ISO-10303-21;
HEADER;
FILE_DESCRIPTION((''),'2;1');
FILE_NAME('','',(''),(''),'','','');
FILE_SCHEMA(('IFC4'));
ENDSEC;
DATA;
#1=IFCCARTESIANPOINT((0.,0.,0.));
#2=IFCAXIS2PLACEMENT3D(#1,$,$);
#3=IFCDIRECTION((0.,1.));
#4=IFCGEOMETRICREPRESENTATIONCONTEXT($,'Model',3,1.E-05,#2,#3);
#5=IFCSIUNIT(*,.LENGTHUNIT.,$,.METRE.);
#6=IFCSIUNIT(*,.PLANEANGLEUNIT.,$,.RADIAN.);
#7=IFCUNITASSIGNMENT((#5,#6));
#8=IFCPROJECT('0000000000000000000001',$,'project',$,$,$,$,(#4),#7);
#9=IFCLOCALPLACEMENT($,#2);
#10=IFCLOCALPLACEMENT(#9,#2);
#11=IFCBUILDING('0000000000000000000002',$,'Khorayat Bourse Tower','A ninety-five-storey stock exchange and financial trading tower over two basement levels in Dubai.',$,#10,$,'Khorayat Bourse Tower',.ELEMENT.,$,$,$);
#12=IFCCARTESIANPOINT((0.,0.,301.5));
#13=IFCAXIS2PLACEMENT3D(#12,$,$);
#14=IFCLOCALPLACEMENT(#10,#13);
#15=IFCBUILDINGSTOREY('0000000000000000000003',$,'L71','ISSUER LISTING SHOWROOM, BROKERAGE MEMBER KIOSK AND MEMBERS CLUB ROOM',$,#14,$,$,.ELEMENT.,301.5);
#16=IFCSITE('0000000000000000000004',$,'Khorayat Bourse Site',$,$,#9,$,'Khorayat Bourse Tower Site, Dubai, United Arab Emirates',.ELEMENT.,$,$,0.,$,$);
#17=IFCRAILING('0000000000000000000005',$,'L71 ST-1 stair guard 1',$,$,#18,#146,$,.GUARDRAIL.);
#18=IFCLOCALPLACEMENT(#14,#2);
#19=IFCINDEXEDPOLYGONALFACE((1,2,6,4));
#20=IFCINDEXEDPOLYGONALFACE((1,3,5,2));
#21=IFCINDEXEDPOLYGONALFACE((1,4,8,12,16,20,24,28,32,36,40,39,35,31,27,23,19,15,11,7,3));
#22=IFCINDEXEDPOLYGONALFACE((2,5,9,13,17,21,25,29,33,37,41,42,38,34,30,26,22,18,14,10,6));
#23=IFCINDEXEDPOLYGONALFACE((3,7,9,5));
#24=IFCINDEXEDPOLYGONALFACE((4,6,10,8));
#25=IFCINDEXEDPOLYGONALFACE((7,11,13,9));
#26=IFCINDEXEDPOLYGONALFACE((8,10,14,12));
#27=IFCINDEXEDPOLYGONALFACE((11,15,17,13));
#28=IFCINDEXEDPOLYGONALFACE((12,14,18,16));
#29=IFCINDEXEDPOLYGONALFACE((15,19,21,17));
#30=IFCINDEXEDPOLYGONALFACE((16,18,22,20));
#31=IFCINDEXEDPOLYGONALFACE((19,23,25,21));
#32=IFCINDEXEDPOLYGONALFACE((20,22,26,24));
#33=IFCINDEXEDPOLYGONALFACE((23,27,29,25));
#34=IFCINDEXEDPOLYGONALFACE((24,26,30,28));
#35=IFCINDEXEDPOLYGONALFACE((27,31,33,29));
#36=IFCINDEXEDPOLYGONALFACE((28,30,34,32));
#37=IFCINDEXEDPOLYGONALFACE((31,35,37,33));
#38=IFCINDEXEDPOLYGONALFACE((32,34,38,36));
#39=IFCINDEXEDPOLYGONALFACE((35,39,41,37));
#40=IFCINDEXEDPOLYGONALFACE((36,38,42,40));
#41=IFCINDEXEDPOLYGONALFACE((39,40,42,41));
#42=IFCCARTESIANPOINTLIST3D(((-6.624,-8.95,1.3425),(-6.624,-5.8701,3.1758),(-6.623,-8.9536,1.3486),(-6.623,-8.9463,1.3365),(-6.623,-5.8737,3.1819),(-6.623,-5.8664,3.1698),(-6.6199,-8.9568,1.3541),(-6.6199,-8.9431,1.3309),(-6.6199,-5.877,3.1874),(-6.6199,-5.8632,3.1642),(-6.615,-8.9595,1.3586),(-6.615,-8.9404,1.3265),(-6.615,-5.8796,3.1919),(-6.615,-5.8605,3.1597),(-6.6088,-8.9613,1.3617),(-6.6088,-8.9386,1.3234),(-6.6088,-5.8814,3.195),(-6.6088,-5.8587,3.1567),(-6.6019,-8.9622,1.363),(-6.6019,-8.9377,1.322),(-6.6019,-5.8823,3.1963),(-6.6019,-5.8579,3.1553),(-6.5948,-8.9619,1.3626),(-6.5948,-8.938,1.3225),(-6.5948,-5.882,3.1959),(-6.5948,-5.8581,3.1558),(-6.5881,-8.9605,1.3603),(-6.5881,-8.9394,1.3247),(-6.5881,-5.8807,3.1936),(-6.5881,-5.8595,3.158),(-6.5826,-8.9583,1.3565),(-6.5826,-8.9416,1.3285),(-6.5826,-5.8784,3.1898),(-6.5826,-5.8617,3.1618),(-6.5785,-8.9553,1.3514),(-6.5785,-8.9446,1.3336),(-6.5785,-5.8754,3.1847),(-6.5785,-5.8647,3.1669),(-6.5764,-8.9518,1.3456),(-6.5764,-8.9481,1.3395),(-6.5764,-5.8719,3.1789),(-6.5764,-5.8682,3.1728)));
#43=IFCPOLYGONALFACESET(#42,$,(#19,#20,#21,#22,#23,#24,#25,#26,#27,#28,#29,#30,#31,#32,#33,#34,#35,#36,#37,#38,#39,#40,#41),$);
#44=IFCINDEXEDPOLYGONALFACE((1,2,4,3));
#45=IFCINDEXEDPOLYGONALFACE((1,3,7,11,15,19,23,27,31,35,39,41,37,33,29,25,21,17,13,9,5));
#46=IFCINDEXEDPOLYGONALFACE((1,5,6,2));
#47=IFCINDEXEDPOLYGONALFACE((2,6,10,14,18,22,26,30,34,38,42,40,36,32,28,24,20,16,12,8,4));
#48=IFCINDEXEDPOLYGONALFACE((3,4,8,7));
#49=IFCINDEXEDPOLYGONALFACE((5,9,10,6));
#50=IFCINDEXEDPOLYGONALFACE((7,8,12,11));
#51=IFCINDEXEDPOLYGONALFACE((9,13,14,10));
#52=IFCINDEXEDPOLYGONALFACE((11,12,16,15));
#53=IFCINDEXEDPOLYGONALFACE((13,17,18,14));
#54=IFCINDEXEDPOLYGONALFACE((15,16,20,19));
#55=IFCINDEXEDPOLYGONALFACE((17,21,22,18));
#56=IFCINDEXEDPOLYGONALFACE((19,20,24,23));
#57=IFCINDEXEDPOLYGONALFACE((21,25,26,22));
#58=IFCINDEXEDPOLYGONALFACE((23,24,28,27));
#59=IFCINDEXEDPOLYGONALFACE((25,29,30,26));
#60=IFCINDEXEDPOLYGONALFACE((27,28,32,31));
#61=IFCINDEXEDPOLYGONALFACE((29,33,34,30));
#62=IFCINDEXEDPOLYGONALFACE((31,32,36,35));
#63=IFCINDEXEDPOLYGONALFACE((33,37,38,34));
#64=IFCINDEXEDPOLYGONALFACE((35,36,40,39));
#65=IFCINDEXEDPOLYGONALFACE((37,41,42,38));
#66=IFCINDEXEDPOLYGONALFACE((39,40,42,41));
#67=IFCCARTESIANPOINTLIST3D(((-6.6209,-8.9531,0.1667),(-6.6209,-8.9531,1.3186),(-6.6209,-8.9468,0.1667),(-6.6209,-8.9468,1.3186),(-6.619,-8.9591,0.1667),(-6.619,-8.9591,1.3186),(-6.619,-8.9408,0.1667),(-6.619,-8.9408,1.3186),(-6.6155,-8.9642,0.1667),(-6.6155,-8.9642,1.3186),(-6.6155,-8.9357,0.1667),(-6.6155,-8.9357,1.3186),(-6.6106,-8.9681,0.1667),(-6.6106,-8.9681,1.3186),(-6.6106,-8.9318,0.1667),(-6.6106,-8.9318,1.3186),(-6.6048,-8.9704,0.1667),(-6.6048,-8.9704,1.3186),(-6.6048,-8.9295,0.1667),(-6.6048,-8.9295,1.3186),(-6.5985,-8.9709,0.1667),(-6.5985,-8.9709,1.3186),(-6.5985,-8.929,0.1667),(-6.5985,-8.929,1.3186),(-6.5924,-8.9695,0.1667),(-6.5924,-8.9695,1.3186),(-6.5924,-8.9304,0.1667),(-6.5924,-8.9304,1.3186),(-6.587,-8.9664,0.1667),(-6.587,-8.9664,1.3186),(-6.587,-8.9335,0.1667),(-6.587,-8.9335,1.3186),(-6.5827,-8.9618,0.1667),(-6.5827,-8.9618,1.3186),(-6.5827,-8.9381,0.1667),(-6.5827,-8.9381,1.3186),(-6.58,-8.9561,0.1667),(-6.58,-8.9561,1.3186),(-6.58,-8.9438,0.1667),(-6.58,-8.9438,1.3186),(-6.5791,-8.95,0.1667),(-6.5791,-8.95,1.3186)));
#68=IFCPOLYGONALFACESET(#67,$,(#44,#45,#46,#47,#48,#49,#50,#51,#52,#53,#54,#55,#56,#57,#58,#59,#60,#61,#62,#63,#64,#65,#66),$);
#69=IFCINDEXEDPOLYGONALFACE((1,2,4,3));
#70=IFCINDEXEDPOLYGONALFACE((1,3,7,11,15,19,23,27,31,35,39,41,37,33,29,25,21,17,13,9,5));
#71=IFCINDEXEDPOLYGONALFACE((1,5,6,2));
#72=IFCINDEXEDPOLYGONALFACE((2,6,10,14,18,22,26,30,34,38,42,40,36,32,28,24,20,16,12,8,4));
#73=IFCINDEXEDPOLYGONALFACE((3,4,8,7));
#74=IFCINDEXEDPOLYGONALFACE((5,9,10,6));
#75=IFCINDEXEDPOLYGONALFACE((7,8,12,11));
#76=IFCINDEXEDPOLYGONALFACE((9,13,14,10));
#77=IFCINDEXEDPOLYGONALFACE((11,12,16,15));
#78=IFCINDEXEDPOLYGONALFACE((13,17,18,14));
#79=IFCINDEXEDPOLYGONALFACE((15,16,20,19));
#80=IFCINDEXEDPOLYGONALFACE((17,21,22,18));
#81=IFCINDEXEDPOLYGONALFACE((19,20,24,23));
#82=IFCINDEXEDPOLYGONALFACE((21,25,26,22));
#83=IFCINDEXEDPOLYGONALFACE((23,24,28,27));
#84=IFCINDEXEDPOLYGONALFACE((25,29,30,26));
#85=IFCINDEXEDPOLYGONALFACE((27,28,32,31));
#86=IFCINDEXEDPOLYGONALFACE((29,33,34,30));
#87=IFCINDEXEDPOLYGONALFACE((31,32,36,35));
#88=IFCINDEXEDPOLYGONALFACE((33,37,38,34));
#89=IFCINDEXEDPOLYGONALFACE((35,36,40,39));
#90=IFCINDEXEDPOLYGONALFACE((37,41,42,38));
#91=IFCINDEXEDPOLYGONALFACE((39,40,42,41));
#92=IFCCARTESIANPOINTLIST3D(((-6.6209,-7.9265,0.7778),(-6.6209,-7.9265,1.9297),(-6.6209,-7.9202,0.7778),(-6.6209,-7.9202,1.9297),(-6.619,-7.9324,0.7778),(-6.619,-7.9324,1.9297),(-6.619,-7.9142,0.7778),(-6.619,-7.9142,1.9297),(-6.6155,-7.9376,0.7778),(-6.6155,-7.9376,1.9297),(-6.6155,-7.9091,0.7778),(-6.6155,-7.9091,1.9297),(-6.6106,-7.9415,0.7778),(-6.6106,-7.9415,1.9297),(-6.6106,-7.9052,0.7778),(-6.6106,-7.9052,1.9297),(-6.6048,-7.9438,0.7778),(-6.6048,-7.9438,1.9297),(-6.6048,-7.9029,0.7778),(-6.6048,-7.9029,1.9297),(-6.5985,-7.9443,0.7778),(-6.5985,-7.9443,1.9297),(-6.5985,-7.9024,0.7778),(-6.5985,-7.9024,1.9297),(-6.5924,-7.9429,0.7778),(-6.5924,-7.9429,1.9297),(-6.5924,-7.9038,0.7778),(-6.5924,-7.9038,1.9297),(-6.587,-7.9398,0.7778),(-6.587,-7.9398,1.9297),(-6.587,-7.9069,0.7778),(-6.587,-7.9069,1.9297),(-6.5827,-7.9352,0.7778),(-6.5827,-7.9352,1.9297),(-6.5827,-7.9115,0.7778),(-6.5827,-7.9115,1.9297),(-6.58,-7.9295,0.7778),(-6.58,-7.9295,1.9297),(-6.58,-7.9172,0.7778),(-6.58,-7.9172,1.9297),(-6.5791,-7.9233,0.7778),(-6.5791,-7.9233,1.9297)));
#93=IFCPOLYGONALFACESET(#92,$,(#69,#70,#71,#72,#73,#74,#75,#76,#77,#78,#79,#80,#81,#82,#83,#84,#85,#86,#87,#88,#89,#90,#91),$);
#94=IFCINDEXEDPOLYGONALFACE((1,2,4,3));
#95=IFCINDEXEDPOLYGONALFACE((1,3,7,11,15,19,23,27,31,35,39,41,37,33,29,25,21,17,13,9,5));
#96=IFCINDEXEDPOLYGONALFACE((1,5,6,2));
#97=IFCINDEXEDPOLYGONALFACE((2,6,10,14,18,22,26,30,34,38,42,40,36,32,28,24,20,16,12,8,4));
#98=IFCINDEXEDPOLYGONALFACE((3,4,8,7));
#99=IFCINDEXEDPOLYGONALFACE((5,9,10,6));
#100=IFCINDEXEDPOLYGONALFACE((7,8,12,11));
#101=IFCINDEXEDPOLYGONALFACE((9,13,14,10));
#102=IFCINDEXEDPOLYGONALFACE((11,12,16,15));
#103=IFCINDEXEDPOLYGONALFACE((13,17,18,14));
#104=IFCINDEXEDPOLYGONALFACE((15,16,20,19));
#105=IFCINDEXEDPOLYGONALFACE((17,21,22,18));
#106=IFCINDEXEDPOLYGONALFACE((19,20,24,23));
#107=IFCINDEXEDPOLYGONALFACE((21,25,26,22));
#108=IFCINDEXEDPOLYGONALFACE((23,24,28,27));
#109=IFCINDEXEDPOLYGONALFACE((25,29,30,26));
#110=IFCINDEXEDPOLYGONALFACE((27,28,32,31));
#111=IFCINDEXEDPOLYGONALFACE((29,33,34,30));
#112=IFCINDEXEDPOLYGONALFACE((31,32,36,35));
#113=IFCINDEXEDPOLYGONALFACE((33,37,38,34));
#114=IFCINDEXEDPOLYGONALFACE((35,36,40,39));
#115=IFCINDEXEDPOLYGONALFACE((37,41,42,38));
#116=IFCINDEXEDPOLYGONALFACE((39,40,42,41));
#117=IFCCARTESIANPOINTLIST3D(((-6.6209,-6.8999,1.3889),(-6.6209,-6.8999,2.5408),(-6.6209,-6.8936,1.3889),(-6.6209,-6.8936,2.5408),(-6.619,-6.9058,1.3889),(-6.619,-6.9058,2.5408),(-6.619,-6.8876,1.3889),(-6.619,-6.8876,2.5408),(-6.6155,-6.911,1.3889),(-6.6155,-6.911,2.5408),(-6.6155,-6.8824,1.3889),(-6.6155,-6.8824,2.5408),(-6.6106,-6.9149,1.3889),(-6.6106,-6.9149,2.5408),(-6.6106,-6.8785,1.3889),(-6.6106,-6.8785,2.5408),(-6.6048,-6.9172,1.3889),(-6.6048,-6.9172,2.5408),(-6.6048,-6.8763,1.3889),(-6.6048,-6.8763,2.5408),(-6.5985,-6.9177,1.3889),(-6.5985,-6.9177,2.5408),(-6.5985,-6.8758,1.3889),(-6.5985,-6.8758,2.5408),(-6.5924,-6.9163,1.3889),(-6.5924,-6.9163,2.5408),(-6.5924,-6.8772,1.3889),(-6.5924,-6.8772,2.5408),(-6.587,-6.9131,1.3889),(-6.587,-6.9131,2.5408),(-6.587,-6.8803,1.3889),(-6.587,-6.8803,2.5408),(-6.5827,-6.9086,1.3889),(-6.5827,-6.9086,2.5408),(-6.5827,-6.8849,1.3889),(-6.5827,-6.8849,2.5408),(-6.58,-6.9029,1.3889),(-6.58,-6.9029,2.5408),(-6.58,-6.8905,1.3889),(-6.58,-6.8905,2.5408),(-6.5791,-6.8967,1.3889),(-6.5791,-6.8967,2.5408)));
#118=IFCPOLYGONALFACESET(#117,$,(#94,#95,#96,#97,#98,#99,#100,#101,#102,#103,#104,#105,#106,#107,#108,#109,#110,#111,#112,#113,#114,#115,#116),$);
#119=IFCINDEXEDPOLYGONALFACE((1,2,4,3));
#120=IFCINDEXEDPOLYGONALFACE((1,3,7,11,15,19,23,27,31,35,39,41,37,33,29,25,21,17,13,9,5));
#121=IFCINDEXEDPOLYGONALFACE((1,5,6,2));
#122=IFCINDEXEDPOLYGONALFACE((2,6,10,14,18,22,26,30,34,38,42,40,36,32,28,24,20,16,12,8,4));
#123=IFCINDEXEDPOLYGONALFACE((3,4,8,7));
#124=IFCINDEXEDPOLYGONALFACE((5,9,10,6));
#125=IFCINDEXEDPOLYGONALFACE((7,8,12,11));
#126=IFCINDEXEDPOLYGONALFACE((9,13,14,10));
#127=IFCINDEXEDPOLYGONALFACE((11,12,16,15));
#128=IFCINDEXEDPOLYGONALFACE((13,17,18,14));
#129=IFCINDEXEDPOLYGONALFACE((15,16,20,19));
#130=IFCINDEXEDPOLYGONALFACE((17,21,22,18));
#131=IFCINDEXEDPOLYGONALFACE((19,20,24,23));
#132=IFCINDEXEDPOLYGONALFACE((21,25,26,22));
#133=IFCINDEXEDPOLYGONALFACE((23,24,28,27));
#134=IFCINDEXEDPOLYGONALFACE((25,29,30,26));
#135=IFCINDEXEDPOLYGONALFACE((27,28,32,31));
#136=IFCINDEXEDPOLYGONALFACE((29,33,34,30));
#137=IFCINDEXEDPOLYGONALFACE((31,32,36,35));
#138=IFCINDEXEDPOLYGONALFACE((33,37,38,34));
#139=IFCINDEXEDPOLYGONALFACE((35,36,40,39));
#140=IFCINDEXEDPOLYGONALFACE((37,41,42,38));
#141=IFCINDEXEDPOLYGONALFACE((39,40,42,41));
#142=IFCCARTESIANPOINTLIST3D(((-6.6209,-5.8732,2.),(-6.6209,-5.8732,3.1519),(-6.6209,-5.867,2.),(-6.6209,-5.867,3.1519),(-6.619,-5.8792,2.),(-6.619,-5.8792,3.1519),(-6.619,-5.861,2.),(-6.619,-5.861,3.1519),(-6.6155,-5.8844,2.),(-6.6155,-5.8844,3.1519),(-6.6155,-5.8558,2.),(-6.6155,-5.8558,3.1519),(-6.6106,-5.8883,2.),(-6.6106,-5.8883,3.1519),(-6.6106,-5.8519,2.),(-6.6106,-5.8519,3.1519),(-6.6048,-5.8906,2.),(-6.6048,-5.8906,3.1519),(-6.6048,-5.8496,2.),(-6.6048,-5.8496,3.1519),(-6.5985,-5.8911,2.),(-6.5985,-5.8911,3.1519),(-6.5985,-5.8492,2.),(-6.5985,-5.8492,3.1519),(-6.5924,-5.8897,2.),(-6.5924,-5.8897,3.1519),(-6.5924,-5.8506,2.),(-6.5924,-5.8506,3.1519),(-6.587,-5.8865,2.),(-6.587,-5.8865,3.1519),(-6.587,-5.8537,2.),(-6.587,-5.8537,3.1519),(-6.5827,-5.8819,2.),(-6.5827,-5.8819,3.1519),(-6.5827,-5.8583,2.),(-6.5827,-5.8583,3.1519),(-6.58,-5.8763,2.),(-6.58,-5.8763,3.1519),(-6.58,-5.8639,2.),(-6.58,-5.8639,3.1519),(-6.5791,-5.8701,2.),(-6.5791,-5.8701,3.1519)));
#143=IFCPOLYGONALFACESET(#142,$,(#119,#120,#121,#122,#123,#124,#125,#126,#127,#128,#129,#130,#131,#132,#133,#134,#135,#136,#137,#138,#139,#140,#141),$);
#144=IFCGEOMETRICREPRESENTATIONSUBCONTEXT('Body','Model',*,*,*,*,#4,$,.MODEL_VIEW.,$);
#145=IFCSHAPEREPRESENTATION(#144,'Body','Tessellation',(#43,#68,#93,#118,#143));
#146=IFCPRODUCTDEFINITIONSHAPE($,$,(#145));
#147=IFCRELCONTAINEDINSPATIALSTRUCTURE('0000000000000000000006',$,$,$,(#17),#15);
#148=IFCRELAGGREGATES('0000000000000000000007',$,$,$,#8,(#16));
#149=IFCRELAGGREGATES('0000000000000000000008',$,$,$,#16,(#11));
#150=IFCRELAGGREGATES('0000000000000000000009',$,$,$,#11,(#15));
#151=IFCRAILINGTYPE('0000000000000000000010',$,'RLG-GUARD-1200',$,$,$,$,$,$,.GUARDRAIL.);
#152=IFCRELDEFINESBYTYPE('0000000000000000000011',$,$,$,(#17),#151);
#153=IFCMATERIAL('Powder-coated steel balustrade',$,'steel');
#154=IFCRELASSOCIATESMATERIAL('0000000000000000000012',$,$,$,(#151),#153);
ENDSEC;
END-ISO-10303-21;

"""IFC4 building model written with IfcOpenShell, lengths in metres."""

from ifc_helpers import new_model, si_unit, direction, frame, origin, origin_2d, place, context, subcontext, project, spatial, circle, extrude, source, transform, mapped, material, type_object, element, save


model = new_model("IFC4")

# Units and contexts
model_context = context("Model", 3, precision=1e-05, world=origin(), true_north=direction((0.0, 1.0)))
body_context = subcontext(model_context, "Body", "Model", "MODEL_VIEW")
ifc_project = project(units=[si_unit("LENGTHUNIT", "METRE"), si_unit("PLANEANGLEUNIT", "RADIAN")], contexts=[model_context])

# Site, building, storey
site_placement = place(None, origin())
site = spatial("IfcSite", under=ifc_project, at=site_placement, Name="Khorayat Bourse Site", LongName="Khorayat Bourse Tower Site, Dubai, United Arab Emirates", CompositionType="ELEMENT", RefElevation=0.0)
building_placement = place(site_placement, origin())
building = spatial("IfcBuilding", under=site, at=building_placement, Name="Khorayat Bourse Tower", Description="A ninety-five-storey stock exchange and financial trading tower over two basement levels in Dubai.", LongName="Khorayat Bourse Tower", CompositionType="ELEMENT")
storey_placement = place(building_placement, frame((0.0, 0.0, 301.5)))
storey = spatial("IfcBuildingStorey", under=building, at=storey_placement, Name="L71", Description="ISSUER LISTING SHOWROOM, BROKERAGE MEMBER KIOSK AND MEMBERS CLUB ROOM", CompositionType="ELEMENT", Elevation=301.5)

# Railing
ifc_material_1 = material(Name="Powder-coated steel balustrade", Category="steel")
railing_type_1 = type_object("IfcRailingType", Name="RLG-GUARD-1200", PredefinedType="GUARDRAIL", material=ifc_material_1)
shared_shape_1 = source(origin(), body_context, "Body", "SweptSolid", [
    extrude(circle(Radius=0.0239, at=origin_2d()), frame((0.0, 0.0, 1.1758), z_axis=(0.0, 0.859291, 0.511487), x_axis=(-1.0, 0.0, 0.0)), (0.0, 0.0, 1.0), 3.5842),
    extrude(circle(Radius=0.021, at=origin_2d()), origin(), (0.0, 0.0, 1.0), 1.1519),
    extrude(circle(Radius=0.021, at=origin_2d()), frame((0.0, 1.0266, 0.6111)), (0.0, 0.0, 1.0), 1.1519),
    extrude(circle(Radius=0.021, at=origin_2d()), frame((0.0, 2.0532, 1.2222)), (0.0, 0.0, 1.0), 1.1519),
    extrude(circle(Radius=0.021, at=origin_2d()), frame((0.0, 3.0798, 1.8333)), (0.0, 0.0, 1.0), 1.1519),
])
railing_1_placement = place(storey_placement, frame((-6.6001, -8.95, 0.1667)))
element("IfcRailing", 1, at=railing_1_placement, inside=storey, type_object=railing_type_1, Name="L71 ST-1 stair guard 1", PredefinedType="GUARDRAIL", context=body_context, shape_type="MappedRepresentation", body=[
    mapped(shared_shape_1, transform((0.0, 0.0, 0.0), scale=1.0)),
])

save(model, "model.ifc")
